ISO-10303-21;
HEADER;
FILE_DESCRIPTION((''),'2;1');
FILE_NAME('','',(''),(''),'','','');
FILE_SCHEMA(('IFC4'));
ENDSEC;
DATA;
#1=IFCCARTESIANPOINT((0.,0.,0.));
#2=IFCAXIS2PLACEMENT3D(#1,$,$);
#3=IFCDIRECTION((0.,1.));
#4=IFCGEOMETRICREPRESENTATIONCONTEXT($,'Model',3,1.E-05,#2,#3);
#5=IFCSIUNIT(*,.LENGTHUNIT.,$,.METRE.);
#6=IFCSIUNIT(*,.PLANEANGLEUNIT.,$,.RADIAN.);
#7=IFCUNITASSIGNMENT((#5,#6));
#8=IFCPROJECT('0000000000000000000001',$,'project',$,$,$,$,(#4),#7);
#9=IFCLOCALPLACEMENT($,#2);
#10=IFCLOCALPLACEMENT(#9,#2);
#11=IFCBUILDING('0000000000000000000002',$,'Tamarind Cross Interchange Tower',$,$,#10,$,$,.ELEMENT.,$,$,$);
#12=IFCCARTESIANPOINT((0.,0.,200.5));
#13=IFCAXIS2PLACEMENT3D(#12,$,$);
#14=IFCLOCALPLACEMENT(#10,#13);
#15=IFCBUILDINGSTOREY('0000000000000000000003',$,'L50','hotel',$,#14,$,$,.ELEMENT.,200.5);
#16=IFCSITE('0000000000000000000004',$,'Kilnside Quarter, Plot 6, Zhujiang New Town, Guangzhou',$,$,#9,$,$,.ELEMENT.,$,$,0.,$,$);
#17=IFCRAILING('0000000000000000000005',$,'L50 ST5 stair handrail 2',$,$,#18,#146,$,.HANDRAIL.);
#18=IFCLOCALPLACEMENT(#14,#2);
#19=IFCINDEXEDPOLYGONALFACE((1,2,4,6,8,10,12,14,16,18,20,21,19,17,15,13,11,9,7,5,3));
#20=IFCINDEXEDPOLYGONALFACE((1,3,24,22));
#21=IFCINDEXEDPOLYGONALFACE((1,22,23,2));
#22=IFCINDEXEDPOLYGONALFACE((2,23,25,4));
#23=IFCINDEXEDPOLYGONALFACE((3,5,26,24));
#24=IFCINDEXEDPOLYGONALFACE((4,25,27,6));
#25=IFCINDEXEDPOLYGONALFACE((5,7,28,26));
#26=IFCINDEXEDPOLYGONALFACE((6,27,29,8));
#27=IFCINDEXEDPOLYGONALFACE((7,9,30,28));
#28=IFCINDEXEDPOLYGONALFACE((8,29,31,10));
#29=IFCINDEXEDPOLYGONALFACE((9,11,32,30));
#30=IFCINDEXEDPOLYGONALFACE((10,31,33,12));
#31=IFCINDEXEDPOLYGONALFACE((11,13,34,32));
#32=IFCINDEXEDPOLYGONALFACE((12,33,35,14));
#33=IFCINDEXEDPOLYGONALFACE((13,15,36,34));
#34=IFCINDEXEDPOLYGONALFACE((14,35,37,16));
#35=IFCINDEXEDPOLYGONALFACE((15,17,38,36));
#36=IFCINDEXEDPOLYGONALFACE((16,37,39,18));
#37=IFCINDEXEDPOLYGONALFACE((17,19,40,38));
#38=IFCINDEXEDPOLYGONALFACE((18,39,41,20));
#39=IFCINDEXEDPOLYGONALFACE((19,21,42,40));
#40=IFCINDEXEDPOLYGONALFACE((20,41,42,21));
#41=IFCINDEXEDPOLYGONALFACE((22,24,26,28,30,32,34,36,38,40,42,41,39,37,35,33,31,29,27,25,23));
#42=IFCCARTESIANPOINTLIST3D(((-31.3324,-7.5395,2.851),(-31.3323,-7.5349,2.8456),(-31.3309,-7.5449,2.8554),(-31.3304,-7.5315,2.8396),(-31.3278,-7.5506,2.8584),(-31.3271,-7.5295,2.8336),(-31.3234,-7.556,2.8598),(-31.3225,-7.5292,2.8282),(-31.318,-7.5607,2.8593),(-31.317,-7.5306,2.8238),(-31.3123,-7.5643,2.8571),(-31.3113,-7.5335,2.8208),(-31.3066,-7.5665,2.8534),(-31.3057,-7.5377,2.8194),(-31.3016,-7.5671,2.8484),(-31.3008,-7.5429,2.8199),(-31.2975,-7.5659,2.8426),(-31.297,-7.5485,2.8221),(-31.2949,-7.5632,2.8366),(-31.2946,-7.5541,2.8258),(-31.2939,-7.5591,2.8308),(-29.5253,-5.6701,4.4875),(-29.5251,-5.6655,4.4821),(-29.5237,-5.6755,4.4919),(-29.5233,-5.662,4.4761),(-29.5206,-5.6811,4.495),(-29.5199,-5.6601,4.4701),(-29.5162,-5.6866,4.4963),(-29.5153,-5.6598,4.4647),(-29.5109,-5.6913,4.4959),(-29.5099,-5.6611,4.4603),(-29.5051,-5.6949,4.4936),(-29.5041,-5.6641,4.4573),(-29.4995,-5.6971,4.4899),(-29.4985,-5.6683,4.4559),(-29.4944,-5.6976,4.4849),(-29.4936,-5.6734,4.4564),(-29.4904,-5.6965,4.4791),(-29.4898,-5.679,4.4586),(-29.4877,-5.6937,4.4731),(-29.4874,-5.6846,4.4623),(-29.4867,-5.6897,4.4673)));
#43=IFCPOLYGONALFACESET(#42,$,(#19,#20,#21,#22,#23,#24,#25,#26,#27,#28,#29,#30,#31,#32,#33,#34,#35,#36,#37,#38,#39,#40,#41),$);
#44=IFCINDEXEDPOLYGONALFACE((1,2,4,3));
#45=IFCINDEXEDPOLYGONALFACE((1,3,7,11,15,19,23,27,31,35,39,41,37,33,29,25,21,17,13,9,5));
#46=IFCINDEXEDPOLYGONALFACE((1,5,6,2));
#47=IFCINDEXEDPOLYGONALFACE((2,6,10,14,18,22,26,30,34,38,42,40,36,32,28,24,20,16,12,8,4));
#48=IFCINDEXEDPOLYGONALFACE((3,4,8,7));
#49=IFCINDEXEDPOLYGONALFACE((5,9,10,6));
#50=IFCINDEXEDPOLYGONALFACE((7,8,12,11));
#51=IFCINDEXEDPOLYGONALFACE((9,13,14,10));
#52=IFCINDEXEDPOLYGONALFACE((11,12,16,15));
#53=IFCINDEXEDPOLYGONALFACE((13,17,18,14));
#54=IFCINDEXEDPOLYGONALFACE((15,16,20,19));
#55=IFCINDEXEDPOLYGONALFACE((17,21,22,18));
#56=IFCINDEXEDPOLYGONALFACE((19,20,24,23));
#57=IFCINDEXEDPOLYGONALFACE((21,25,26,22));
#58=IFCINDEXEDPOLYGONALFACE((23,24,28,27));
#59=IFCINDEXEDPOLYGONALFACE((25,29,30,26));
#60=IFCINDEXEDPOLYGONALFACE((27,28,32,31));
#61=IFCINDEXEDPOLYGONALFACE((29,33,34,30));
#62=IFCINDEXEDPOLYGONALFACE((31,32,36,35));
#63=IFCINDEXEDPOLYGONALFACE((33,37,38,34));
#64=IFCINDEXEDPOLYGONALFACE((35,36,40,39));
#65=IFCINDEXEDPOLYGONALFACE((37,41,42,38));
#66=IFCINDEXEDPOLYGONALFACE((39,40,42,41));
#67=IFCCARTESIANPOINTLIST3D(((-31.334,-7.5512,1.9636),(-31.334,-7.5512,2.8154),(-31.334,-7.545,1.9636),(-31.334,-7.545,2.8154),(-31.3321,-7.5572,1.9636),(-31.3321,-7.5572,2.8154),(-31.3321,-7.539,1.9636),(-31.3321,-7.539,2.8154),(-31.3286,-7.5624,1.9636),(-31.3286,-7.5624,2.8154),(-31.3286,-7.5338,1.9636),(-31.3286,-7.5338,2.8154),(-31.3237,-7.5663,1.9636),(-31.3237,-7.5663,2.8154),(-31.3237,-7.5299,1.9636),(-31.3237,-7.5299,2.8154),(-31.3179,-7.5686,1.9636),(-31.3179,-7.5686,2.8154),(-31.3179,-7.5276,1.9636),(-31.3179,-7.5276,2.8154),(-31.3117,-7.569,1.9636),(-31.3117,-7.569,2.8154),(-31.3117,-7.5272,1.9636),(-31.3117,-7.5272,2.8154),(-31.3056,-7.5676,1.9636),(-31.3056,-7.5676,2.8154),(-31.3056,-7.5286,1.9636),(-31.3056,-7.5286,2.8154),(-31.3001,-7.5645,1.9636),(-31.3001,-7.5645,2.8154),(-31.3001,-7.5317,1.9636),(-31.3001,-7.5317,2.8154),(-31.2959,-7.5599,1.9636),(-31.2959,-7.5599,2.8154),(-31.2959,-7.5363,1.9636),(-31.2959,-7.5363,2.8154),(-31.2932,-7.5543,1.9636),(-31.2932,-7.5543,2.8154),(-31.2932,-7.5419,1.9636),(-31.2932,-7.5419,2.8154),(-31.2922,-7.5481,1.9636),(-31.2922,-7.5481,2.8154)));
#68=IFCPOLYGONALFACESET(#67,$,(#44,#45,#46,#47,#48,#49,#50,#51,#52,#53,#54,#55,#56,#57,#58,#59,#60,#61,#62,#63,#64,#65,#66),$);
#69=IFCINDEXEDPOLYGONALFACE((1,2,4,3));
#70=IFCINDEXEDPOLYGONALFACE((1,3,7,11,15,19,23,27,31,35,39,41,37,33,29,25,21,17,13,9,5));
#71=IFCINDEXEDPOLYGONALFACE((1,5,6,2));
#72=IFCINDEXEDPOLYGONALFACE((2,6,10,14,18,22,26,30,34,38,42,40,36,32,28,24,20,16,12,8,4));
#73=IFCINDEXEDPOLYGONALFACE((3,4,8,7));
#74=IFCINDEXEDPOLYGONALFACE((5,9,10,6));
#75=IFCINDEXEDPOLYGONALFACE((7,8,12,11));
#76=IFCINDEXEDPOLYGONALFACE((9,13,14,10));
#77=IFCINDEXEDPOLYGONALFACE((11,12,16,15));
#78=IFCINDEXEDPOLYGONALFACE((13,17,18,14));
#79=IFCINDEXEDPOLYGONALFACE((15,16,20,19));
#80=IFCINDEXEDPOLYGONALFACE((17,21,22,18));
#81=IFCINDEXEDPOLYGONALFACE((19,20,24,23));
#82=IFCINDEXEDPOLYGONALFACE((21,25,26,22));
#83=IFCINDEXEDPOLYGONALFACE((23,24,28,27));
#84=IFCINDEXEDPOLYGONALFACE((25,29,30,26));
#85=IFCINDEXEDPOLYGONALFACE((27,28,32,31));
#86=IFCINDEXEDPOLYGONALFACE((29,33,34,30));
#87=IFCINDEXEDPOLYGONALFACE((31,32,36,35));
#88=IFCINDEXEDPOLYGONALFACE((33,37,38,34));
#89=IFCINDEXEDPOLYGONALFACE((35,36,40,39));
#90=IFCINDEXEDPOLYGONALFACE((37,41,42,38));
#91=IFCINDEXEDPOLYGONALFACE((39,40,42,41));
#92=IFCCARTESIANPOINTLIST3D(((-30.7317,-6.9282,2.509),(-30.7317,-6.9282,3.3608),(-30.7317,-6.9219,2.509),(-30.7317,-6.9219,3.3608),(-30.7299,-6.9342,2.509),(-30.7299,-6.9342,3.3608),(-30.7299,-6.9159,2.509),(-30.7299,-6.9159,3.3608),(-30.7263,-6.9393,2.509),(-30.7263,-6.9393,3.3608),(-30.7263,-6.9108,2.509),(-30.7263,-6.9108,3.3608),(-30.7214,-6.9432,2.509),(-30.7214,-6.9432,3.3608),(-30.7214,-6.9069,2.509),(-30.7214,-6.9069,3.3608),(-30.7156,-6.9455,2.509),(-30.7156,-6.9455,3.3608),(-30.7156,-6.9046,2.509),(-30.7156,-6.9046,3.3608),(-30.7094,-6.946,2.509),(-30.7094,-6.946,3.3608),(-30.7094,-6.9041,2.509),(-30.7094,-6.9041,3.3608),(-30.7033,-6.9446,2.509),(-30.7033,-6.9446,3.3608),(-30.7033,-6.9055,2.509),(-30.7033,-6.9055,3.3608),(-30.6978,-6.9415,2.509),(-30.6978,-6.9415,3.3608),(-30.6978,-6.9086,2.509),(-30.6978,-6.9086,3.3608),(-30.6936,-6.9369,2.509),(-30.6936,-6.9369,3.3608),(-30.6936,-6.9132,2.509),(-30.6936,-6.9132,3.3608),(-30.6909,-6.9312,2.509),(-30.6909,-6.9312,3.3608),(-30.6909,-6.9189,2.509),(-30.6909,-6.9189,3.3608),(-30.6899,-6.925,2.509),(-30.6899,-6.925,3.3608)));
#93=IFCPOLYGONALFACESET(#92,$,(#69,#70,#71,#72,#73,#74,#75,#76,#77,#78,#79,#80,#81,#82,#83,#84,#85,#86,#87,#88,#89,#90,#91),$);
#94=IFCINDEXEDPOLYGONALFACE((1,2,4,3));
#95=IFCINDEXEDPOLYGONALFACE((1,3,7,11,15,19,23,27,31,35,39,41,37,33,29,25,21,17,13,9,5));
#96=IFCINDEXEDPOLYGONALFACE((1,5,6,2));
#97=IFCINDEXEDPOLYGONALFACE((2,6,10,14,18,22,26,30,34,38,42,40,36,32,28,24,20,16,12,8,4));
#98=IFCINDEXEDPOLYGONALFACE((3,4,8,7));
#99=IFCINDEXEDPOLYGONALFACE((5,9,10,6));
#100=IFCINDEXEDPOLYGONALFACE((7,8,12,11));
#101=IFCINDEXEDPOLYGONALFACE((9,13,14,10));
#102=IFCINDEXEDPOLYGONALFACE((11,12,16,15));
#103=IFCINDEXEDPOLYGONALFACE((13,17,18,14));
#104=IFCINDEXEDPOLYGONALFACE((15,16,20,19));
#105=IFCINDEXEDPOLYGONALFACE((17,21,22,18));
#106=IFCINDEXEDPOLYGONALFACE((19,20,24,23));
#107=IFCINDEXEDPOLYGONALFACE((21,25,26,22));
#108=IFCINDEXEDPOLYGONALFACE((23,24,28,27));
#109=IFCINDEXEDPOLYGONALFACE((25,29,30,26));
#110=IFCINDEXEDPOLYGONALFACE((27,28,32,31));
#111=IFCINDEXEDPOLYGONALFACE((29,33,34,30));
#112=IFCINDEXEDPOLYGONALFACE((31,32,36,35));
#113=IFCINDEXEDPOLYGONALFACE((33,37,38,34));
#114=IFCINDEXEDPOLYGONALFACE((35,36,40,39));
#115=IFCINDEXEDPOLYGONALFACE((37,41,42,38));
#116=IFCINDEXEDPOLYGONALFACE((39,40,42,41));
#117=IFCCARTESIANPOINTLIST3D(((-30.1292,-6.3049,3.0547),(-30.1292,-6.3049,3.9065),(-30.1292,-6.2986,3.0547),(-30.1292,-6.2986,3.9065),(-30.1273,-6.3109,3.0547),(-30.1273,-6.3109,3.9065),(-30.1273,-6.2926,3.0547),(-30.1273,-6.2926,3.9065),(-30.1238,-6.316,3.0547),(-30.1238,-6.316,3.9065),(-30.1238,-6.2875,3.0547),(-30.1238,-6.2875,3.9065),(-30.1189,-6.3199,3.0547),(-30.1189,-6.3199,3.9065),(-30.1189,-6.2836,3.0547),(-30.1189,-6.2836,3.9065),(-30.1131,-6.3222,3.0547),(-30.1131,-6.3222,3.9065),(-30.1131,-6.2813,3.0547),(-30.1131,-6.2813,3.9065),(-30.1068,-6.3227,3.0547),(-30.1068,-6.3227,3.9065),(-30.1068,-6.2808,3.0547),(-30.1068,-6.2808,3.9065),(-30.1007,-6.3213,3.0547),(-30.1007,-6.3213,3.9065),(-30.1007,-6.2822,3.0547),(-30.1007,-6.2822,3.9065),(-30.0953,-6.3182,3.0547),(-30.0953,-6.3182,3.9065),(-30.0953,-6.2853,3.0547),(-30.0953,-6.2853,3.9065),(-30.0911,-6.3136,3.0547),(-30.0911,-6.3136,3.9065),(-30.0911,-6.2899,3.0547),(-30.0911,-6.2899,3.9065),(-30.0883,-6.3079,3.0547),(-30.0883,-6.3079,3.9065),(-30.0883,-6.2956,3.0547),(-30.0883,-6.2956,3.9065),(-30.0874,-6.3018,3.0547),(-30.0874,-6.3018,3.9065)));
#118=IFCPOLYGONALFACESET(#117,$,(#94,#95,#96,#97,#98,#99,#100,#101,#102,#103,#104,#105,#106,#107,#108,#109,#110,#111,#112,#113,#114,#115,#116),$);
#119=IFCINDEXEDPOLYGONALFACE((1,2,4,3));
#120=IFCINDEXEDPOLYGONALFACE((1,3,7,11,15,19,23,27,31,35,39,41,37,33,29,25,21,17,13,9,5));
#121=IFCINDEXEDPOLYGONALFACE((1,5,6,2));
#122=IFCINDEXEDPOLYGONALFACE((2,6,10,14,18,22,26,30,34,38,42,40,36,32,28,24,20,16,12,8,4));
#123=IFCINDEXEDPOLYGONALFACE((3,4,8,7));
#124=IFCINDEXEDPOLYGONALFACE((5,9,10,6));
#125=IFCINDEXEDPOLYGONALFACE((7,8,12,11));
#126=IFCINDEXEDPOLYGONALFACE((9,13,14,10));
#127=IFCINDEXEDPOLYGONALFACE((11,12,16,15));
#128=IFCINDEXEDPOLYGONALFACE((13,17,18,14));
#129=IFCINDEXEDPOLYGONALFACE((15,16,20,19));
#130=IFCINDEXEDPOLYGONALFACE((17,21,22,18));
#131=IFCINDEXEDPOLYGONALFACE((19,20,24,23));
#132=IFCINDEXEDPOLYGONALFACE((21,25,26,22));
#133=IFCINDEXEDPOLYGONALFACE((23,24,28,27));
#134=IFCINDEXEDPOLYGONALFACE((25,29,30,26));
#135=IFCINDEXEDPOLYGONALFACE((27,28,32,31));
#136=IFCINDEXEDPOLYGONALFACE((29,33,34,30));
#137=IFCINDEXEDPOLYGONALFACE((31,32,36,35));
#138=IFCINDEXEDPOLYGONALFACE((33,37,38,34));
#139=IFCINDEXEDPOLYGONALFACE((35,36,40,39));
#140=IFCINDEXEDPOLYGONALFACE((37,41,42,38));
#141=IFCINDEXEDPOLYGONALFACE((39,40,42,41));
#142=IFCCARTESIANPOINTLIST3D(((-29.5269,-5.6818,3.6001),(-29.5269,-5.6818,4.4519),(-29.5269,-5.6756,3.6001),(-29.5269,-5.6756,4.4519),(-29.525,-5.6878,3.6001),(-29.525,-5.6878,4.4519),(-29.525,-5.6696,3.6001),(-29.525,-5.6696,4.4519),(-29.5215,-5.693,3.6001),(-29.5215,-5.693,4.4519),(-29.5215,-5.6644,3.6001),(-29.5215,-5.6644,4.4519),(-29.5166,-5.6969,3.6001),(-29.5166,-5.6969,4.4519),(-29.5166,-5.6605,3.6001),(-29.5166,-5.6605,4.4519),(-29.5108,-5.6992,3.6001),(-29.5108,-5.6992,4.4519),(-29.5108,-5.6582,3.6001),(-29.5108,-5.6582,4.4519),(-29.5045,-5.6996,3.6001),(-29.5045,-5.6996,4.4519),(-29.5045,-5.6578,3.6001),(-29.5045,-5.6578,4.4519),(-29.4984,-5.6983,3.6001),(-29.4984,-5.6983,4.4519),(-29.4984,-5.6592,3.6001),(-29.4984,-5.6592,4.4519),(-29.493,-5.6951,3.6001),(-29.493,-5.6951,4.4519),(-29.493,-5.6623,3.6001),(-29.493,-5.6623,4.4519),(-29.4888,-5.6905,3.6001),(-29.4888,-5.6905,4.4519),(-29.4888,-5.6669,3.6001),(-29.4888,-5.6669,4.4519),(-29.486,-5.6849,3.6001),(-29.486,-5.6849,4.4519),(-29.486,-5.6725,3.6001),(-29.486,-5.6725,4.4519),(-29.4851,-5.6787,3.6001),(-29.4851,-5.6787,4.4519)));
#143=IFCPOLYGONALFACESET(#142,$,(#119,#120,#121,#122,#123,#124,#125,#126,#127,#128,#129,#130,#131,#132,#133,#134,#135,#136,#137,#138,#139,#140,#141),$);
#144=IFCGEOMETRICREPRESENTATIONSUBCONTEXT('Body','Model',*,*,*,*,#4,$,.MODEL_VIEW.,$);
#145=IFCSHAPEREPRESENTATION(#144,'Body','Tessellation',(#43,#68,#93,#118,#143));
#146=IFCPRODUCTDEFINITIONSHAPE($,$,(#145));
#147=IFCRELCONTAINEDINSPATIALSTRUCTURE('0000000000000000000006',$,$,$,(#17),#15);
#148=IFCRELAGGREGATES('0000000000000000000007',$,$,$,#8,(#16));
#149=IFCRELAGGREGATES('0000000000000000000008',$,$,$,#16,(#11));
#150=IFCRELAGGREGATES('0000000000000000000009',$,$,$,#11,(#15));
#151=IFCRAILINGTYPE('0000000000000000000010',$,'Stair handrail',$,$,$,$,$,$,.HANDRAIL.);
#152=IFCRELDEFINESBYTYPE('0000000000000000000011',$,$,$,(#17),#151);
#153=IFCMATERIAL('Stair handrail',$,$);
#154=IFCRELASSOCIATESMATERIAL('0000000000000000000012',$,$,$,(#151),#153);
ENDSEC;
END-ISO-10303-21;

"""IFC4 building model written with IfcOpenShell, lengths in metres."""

from ifc_helpers import new_model, si_unit, direction, frame, origin, origin_2d, place, context, subcontext, project, spatial, circle, extrude, material, type_object, element, save


model = new_model("IFC4")

# Units and contexts
model_context = context("Model", 3, precision=1e-05, world=origin(), true_north=direction((0.0, 1.0)))
body_context = subcontext(model_context, "Body", "Model", "MODEL_VIEW")
ifc_project = project(units=[si_unit("LENGTHUNIT", "METRE"), si_unit("PLANEANGLEUNIT", "RADIAN")], contexts=[model_context])

# Site, building, storey
site_placement = place(None, origin())
site = spatial("IfcSite", under=ifc_project, at=site_placement, Name="Kilnside Quarter, Plot 6, Zhujiang New Town, Guangzhou", CompositionType="ELEMENT", RefElevation=0.0)
building_placement = place(site_placement, origin())
building = spatial("IfcBuilding", under=site, at=building_placement, Name="Tamarind Cross Interchange Tower", CompositionType="ELEMENT")
storey_placement = place(building_placement, frame((0.0, 0.0, 200.5)))
storey = spatial("IfcBuildingStorey", under=building, at=storey_placement, Name="L50", Description="hotel", CompositionType="ELEMENT", Elevation=200.5)

# Railing
ifc_material_1 = material(Name="Stair handrail")
railing_type_1 = type_object("IfcRailingType", Name="Stair handrail", PredefinedType="HANDRAIL", material=ifc_material_1)
railing_1_placement = place(storey_placement, frame((-31.3132, -7.5481, 1.9636)))
element("IfcRailing", 1, at=railing_1_placement, inside=storey, type_object=railing_type_1, Name="L50 ST5 stair handrail 2", PredefinedType="HANDRAIL", context=body_context, shape_type="SweptSolid", body=[
    extrude(circle(Radius=0.0239, at=origin_2d()), frame((0.0, 0.0, 0.876), z_axis=(0.588221, 0.608486, 0.532673), x_axis=(-0.718977, 0.695033, 0.0)), (0.0, 0.0, 1.0), 3.0723),
    extrude(circle(Radius=0.021, at=origin_2d()), origin(), (0.0, 0.0, 1.0), 0.8518),
    extrude(circle(Radius=0.021, at=origin_2d()), frame((0.6023, 0.623, 0.5454)), (0.0, 0.0, 1.0), 0.8518),
    extrude(circle(Radius=0.021, at=origin_2d()), frame((1.2048, 1.2463, 1.0911)), (0.0, 0.0, 1.0), 0.8518),
    extrude(circle(Radius=0.021, at=origin_2d()), frame((1.8071, 1.8694, 1.6365)), (0.0, 0.0, 1.0), 0.8518),
])

save(model, "model.ifc")
